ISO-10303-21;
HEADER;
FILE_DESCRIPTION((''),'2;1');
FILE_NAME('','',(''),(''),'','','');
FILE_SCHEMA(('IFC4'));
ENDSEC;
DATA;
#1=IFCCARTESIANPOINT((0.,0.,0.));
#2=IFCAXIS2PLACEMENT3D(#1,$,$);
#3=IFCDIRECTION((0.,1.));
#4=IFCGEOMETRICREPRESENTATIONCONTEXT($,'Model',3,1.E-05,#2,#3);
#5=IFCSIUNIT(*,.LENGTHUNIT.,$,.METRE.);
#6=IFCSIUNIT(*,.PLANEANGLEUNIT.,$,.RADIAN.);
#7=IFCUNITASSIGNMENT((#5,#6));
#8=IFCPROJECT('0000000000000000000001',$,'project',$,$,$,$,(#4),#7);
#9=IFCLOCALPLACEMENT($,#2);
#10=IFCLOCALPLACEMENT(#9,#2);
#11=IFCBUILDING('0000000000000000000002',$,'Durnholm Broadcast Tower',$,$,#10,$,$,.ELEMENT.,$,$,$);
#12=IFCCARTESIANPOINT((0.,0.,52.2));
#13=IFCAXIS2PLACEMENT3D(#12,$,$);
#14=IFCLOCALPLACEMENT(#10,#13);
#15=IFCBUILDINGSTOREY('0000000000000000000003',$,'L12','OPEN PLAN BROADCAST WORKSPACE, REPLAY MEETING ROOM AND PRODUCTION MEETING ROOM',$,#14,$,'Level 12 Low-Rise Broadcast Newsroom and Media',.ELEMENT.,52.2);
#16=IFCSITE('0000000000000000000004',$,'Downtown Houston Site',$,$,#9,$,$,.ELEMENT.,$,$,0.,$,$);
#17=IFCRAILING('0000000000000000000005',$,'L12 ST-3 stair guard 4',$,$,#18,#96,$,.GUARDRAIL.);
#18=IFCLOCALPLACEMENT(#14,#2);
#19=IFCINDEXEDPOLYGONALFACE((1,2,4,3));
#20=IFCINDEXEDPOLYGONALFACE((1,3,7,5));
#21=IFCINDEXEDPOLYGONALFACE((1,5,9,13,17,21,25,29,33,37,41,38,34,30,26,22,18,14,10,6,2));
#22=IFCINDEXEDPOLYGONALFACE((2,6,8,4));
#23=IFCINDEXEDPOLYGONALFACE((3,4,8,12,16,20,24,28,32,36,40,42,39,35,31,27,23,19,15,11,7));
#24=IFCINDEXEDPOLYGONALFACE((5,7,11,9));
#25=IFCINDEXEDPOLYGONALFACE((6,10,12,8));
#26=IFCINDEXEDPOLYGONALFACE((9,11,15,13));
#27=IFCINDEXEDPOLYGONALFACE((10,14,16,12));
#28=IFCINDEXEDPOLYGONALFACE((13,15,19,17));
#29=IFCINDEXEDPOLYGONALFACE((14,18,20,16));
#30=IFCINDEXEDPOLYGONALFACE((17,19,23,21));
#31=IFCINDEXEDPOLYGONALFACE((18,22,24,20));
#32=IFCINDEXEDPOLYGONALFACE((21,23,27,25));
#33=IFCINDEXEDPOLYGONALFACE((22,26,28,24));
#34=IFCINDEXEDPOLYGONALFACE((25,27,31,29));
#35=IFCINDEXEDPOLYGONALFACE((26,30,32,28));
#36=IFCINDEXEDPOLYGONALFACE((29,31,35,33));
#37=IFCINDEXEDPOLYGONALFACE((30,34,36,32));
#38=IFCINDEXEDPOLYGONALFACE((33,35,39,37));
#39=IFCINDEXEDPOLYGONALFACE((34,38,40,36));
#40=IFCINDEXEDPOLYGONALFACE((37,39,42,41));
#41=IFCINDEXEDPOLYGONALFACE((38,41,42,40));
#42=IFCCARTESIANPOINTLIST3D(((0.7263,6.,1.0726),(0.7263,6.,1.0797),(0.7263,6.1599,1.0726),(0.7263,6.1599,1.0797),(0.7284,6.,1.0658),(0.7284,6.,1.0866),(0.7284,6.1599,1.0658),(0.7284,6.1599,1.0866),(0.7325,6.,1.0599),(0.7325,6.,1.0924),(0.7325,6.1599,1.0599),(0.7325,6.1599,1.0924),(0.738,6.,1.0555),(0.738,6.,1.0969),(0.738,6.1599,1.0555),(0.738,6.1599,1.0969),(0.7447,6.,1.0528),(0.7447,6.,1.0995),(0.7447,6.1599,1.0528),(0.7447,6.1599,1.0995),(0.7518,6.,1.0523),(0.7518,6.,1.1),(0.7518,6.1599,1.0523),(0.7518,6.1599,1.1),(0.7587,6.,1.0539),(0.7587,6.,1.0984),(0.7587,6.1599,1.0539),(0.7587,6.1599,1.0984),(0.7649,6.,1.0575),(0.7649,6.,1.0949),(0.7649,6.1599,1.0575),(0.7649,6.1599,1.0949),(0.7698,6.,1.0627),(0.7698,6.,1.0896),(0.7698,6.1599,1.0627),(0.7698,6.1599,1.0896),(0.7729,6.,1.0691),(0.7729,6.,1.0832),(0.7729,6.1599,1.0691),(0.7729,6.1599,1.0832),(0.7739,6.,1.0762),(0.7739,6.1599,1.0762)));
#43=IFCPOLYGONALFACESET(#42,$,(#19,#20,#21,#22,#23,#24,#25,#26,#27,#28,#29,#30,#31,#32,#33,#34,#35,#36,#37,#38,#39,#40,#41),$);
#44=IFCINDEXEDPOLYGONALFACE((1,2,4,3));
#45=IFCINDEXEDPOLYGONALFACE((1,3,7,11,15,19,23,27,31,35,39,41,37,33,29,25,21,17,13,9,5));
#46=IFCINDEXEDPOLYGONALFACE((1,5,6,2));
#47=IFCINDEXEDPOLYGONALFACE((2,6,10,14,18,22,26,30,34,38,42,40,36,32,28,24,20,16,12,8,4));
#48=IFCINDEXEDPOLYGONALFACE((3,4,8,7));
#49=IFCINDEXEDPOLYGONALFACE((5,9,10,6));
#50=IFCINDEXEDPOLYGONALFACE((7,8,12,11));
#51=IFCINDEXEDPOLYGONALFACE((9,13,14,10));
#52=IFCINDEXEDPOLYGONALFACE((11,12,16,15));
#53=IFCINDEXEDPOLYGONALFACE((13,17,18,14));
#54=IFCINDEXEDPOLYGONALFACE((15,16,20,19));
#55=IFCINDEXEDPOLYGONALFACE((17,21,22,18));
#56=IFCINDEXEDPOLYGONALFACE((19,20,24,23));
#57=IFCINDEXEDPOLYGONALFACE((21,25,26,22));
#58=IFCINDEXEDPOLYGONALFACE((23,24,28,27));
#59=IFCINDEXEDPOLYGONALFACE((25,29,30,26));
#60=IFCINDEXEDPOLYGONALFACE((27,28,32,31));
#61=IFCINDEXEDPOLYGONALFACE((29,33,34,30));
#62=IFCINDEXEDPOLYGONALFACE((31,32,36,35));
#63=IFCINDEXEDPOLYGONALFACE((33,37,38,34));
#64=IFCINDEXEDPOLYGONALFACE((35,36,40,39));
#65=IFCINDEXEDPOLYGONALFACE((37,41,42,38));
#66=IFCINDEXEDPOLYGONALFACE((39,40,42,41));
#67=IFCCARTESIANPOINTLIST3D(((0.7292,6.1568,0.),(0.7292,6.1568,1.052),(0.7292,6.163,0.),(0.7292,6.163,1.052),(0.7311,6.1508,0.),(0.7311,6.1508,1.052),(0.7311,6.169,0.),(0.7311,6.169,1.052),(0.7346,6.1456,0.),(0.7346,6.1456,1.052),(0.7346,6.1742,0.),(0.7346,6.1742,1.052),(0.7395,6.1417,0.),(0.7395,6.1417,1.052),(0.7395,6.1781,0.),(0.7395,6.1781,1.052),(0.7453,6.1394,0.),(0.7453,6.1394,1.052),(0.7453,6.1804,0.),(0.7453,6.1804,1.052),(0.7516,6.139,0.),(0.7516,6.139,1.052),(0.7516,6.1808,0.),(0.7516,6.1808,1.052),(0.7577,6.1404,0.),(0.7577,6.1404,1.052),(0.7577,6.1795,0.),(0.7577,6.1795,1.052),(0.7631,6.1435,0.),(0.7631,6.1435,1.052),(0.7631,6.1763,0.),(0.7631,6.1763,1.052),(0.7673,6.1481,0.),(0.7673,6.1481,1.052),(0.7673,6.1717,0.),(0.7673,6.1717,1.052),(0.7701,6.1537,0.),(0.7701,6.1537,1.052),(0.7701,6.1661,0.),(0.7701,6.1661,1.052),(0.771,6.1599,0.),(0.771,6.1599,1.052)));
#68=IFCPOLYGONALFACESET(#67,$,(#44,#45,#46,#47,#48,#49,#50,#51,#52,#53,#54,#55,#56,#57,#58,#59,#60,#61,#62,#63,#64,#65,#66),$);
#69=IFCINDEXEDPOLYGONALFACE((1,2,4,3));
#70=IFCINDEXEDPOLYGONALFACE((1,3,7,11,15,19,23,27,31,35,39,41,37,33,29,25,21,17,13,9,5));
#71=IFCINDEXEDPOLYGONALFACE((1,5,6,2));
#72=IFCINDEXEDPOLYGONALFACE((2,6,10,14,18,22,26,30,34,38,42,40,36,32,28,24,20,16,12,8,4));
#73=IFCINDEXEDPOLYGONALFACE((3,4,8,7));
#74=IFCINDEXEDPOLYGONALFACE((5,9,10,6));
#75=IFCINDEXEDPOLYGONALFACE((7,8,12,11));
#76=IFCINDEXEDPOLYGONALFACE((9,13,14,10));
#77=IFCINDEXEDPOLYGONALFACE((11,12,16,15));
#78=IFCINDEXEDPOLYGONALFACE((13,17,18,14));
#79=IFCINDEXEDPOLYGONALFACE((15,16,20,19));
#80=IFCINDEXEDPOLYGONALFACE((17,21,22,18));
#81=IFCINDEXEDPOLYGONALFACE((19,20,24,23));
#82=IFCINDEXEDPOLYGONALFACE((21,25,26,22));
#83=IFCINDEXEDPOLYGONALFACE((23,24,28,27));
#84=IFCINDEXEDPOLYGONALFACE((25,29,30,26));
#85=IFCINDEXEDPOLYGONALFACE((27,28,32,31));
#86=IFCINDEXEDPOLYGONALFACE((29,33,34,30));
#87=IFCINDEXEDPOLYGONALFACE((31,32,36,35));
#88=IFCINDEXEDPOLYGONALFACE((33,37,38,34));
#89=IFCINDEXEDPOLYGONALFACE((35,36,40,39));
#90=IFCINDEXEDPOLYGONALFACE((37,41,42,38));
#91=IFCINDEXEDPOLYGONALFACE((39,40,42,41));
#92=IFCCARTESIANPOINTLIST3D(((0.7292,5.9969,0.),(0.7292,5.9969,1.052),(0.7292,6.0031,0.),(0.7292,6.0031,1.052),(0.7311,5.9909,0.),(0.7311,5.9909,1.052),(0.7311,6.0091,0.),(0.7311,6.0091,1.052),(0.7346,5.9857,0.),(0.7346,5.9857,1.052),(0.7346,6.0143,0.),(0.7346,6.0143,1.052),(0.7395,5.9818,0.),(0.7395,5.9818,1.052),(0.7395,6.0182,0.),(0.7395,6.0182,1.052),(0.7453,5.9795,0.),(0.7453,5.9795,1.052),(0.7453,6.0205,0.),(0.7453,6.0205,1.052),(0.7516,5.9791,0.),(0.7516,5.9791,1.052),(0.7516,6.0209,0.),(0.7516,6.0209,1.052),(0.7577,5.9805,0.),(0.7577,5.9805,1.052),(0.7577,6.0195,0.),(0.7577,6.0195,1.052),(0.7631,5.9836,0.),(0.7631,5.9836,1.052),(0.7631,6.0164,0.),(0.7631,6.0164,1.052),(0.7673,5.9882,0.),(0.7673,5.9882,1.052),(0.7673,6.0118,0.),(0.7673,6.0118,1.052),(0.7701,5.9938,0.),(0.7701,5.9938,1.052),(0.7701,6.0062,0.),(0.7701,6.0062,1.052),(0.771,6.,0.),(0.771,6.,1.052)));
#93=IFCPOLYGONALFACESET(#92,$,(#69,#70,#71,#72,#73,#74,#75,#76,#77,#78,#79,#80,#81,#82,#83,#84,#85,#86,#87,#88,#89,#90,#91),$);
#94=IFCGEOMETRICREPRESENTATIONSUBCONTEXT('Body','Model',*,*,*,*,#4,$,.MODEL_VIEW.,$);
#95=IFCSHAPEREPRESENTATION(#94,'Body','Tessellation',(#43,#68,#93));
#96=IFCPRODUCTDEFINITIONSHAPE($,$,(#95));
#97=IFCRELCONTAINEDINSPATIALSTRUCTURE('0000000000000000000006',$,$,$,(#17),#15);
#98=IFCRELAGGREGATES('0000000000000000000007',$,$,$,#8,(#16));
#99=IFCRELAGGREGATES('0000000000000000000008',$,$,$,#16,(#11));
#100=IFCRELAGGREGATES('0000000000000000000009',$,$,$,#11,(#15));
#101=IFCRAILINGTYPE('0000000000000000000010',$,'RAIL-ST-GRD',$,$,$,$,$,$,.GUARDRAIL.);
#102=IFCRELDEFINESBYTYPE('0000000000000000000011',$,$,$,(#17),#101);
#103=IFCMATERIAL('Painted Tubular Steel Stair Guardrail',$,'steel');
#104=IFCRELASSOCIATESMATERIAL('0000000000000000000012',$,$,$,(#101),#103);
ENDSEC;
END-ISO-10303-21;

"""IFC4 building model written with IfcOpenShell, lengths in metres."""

from ifc_helpers import new_model, si_unit, direction, frame, origin, origin_2d, place, context, subcontext, project, spatial, circle, extrude, material, type_object, element, save


model = new_model("IFC4")

# Units and contexts
model_context = context("Model", 3, precision=1e-05, world=origin(), true_north=direction((0.0, 1.0)))
body_context = subcontext(model_context, "Body", "Model", "MODEL_VIEW")
ifc_project = project(units=[si_unit("LENGTHUNIT", "METRE"), si_unit("PLANEANGLEUNIT", "RADIAN")], contexts=[model_context])

# Site, building, storey
site_placement = place(None, origin())
site = spatial("IfcSite", under=ifc_project, at=site_placement, Name="Downtown Houston Site", CompositionType="ELEMENT", RefElevation=0.0)
building_placement = place(site_placement, origin())
building = spatial("IfcBuilding", under=site, at=building_placement, Name="Durnholm Broadcast Tower", CompositionType="ELEMENT")
storey_placement = place(building_placement, frame((0.0, 0.0, 52.2)))
storey = spatial("IfcBuildingStorey", under=building, at=storey_placement, Name="L12", Description="OPEN PLAN BROADCAST WORKSPACE, REPLAY MEETING ROOM AND PRODUCTION MEETING ROOM", LongName="Level 12 Low-Rise Broadcast Newsroom and Media", CompositionType="ELEMENT", Elevation=52.2)

# Railing
ifc_material_1 = material(Name="Painted Tubular Steel Stair Guardrail", Category="steel")
railing_type_1 = type_object("IfcRailingType", Name="RAIL-ST-GRD", PredefinedType="GUARDRAIL", material=ifc_material_1)
railing_1_placement = place(storey_placement, frame((0.75, 6.1599, 0.0)))
element("IfcRailing", 1, at=railing_1_placement, inside=storey, type_object=railing_type_1, Name="L12 ST-3 stair guard 4", PredefinedType="GUARDRAIL", context=body_context, shape_type="SweptSolid", body=[
    extrude(circle(Radius=0.0239, at=origin_2d()), frame((0.0, 0.0, 1.0762), z_axis=(0.0, -1.0, 0.0), x_axis=(1.0, 0.0, 0.0)), (0.0, 0.0, 1.0), 0.1599),
    extrude(circle(Radius=0.021, at=origin_2d()), origin(), (0.0, 0.0, 1.0), 1.052),
    extrude(circle(Radius=0.021, at=origin_2d()), frame((0.0, -0.1599, 0.0)), (0.0, 0.0, 1.0), 1.052),
])

save(model, "model.ifc")
